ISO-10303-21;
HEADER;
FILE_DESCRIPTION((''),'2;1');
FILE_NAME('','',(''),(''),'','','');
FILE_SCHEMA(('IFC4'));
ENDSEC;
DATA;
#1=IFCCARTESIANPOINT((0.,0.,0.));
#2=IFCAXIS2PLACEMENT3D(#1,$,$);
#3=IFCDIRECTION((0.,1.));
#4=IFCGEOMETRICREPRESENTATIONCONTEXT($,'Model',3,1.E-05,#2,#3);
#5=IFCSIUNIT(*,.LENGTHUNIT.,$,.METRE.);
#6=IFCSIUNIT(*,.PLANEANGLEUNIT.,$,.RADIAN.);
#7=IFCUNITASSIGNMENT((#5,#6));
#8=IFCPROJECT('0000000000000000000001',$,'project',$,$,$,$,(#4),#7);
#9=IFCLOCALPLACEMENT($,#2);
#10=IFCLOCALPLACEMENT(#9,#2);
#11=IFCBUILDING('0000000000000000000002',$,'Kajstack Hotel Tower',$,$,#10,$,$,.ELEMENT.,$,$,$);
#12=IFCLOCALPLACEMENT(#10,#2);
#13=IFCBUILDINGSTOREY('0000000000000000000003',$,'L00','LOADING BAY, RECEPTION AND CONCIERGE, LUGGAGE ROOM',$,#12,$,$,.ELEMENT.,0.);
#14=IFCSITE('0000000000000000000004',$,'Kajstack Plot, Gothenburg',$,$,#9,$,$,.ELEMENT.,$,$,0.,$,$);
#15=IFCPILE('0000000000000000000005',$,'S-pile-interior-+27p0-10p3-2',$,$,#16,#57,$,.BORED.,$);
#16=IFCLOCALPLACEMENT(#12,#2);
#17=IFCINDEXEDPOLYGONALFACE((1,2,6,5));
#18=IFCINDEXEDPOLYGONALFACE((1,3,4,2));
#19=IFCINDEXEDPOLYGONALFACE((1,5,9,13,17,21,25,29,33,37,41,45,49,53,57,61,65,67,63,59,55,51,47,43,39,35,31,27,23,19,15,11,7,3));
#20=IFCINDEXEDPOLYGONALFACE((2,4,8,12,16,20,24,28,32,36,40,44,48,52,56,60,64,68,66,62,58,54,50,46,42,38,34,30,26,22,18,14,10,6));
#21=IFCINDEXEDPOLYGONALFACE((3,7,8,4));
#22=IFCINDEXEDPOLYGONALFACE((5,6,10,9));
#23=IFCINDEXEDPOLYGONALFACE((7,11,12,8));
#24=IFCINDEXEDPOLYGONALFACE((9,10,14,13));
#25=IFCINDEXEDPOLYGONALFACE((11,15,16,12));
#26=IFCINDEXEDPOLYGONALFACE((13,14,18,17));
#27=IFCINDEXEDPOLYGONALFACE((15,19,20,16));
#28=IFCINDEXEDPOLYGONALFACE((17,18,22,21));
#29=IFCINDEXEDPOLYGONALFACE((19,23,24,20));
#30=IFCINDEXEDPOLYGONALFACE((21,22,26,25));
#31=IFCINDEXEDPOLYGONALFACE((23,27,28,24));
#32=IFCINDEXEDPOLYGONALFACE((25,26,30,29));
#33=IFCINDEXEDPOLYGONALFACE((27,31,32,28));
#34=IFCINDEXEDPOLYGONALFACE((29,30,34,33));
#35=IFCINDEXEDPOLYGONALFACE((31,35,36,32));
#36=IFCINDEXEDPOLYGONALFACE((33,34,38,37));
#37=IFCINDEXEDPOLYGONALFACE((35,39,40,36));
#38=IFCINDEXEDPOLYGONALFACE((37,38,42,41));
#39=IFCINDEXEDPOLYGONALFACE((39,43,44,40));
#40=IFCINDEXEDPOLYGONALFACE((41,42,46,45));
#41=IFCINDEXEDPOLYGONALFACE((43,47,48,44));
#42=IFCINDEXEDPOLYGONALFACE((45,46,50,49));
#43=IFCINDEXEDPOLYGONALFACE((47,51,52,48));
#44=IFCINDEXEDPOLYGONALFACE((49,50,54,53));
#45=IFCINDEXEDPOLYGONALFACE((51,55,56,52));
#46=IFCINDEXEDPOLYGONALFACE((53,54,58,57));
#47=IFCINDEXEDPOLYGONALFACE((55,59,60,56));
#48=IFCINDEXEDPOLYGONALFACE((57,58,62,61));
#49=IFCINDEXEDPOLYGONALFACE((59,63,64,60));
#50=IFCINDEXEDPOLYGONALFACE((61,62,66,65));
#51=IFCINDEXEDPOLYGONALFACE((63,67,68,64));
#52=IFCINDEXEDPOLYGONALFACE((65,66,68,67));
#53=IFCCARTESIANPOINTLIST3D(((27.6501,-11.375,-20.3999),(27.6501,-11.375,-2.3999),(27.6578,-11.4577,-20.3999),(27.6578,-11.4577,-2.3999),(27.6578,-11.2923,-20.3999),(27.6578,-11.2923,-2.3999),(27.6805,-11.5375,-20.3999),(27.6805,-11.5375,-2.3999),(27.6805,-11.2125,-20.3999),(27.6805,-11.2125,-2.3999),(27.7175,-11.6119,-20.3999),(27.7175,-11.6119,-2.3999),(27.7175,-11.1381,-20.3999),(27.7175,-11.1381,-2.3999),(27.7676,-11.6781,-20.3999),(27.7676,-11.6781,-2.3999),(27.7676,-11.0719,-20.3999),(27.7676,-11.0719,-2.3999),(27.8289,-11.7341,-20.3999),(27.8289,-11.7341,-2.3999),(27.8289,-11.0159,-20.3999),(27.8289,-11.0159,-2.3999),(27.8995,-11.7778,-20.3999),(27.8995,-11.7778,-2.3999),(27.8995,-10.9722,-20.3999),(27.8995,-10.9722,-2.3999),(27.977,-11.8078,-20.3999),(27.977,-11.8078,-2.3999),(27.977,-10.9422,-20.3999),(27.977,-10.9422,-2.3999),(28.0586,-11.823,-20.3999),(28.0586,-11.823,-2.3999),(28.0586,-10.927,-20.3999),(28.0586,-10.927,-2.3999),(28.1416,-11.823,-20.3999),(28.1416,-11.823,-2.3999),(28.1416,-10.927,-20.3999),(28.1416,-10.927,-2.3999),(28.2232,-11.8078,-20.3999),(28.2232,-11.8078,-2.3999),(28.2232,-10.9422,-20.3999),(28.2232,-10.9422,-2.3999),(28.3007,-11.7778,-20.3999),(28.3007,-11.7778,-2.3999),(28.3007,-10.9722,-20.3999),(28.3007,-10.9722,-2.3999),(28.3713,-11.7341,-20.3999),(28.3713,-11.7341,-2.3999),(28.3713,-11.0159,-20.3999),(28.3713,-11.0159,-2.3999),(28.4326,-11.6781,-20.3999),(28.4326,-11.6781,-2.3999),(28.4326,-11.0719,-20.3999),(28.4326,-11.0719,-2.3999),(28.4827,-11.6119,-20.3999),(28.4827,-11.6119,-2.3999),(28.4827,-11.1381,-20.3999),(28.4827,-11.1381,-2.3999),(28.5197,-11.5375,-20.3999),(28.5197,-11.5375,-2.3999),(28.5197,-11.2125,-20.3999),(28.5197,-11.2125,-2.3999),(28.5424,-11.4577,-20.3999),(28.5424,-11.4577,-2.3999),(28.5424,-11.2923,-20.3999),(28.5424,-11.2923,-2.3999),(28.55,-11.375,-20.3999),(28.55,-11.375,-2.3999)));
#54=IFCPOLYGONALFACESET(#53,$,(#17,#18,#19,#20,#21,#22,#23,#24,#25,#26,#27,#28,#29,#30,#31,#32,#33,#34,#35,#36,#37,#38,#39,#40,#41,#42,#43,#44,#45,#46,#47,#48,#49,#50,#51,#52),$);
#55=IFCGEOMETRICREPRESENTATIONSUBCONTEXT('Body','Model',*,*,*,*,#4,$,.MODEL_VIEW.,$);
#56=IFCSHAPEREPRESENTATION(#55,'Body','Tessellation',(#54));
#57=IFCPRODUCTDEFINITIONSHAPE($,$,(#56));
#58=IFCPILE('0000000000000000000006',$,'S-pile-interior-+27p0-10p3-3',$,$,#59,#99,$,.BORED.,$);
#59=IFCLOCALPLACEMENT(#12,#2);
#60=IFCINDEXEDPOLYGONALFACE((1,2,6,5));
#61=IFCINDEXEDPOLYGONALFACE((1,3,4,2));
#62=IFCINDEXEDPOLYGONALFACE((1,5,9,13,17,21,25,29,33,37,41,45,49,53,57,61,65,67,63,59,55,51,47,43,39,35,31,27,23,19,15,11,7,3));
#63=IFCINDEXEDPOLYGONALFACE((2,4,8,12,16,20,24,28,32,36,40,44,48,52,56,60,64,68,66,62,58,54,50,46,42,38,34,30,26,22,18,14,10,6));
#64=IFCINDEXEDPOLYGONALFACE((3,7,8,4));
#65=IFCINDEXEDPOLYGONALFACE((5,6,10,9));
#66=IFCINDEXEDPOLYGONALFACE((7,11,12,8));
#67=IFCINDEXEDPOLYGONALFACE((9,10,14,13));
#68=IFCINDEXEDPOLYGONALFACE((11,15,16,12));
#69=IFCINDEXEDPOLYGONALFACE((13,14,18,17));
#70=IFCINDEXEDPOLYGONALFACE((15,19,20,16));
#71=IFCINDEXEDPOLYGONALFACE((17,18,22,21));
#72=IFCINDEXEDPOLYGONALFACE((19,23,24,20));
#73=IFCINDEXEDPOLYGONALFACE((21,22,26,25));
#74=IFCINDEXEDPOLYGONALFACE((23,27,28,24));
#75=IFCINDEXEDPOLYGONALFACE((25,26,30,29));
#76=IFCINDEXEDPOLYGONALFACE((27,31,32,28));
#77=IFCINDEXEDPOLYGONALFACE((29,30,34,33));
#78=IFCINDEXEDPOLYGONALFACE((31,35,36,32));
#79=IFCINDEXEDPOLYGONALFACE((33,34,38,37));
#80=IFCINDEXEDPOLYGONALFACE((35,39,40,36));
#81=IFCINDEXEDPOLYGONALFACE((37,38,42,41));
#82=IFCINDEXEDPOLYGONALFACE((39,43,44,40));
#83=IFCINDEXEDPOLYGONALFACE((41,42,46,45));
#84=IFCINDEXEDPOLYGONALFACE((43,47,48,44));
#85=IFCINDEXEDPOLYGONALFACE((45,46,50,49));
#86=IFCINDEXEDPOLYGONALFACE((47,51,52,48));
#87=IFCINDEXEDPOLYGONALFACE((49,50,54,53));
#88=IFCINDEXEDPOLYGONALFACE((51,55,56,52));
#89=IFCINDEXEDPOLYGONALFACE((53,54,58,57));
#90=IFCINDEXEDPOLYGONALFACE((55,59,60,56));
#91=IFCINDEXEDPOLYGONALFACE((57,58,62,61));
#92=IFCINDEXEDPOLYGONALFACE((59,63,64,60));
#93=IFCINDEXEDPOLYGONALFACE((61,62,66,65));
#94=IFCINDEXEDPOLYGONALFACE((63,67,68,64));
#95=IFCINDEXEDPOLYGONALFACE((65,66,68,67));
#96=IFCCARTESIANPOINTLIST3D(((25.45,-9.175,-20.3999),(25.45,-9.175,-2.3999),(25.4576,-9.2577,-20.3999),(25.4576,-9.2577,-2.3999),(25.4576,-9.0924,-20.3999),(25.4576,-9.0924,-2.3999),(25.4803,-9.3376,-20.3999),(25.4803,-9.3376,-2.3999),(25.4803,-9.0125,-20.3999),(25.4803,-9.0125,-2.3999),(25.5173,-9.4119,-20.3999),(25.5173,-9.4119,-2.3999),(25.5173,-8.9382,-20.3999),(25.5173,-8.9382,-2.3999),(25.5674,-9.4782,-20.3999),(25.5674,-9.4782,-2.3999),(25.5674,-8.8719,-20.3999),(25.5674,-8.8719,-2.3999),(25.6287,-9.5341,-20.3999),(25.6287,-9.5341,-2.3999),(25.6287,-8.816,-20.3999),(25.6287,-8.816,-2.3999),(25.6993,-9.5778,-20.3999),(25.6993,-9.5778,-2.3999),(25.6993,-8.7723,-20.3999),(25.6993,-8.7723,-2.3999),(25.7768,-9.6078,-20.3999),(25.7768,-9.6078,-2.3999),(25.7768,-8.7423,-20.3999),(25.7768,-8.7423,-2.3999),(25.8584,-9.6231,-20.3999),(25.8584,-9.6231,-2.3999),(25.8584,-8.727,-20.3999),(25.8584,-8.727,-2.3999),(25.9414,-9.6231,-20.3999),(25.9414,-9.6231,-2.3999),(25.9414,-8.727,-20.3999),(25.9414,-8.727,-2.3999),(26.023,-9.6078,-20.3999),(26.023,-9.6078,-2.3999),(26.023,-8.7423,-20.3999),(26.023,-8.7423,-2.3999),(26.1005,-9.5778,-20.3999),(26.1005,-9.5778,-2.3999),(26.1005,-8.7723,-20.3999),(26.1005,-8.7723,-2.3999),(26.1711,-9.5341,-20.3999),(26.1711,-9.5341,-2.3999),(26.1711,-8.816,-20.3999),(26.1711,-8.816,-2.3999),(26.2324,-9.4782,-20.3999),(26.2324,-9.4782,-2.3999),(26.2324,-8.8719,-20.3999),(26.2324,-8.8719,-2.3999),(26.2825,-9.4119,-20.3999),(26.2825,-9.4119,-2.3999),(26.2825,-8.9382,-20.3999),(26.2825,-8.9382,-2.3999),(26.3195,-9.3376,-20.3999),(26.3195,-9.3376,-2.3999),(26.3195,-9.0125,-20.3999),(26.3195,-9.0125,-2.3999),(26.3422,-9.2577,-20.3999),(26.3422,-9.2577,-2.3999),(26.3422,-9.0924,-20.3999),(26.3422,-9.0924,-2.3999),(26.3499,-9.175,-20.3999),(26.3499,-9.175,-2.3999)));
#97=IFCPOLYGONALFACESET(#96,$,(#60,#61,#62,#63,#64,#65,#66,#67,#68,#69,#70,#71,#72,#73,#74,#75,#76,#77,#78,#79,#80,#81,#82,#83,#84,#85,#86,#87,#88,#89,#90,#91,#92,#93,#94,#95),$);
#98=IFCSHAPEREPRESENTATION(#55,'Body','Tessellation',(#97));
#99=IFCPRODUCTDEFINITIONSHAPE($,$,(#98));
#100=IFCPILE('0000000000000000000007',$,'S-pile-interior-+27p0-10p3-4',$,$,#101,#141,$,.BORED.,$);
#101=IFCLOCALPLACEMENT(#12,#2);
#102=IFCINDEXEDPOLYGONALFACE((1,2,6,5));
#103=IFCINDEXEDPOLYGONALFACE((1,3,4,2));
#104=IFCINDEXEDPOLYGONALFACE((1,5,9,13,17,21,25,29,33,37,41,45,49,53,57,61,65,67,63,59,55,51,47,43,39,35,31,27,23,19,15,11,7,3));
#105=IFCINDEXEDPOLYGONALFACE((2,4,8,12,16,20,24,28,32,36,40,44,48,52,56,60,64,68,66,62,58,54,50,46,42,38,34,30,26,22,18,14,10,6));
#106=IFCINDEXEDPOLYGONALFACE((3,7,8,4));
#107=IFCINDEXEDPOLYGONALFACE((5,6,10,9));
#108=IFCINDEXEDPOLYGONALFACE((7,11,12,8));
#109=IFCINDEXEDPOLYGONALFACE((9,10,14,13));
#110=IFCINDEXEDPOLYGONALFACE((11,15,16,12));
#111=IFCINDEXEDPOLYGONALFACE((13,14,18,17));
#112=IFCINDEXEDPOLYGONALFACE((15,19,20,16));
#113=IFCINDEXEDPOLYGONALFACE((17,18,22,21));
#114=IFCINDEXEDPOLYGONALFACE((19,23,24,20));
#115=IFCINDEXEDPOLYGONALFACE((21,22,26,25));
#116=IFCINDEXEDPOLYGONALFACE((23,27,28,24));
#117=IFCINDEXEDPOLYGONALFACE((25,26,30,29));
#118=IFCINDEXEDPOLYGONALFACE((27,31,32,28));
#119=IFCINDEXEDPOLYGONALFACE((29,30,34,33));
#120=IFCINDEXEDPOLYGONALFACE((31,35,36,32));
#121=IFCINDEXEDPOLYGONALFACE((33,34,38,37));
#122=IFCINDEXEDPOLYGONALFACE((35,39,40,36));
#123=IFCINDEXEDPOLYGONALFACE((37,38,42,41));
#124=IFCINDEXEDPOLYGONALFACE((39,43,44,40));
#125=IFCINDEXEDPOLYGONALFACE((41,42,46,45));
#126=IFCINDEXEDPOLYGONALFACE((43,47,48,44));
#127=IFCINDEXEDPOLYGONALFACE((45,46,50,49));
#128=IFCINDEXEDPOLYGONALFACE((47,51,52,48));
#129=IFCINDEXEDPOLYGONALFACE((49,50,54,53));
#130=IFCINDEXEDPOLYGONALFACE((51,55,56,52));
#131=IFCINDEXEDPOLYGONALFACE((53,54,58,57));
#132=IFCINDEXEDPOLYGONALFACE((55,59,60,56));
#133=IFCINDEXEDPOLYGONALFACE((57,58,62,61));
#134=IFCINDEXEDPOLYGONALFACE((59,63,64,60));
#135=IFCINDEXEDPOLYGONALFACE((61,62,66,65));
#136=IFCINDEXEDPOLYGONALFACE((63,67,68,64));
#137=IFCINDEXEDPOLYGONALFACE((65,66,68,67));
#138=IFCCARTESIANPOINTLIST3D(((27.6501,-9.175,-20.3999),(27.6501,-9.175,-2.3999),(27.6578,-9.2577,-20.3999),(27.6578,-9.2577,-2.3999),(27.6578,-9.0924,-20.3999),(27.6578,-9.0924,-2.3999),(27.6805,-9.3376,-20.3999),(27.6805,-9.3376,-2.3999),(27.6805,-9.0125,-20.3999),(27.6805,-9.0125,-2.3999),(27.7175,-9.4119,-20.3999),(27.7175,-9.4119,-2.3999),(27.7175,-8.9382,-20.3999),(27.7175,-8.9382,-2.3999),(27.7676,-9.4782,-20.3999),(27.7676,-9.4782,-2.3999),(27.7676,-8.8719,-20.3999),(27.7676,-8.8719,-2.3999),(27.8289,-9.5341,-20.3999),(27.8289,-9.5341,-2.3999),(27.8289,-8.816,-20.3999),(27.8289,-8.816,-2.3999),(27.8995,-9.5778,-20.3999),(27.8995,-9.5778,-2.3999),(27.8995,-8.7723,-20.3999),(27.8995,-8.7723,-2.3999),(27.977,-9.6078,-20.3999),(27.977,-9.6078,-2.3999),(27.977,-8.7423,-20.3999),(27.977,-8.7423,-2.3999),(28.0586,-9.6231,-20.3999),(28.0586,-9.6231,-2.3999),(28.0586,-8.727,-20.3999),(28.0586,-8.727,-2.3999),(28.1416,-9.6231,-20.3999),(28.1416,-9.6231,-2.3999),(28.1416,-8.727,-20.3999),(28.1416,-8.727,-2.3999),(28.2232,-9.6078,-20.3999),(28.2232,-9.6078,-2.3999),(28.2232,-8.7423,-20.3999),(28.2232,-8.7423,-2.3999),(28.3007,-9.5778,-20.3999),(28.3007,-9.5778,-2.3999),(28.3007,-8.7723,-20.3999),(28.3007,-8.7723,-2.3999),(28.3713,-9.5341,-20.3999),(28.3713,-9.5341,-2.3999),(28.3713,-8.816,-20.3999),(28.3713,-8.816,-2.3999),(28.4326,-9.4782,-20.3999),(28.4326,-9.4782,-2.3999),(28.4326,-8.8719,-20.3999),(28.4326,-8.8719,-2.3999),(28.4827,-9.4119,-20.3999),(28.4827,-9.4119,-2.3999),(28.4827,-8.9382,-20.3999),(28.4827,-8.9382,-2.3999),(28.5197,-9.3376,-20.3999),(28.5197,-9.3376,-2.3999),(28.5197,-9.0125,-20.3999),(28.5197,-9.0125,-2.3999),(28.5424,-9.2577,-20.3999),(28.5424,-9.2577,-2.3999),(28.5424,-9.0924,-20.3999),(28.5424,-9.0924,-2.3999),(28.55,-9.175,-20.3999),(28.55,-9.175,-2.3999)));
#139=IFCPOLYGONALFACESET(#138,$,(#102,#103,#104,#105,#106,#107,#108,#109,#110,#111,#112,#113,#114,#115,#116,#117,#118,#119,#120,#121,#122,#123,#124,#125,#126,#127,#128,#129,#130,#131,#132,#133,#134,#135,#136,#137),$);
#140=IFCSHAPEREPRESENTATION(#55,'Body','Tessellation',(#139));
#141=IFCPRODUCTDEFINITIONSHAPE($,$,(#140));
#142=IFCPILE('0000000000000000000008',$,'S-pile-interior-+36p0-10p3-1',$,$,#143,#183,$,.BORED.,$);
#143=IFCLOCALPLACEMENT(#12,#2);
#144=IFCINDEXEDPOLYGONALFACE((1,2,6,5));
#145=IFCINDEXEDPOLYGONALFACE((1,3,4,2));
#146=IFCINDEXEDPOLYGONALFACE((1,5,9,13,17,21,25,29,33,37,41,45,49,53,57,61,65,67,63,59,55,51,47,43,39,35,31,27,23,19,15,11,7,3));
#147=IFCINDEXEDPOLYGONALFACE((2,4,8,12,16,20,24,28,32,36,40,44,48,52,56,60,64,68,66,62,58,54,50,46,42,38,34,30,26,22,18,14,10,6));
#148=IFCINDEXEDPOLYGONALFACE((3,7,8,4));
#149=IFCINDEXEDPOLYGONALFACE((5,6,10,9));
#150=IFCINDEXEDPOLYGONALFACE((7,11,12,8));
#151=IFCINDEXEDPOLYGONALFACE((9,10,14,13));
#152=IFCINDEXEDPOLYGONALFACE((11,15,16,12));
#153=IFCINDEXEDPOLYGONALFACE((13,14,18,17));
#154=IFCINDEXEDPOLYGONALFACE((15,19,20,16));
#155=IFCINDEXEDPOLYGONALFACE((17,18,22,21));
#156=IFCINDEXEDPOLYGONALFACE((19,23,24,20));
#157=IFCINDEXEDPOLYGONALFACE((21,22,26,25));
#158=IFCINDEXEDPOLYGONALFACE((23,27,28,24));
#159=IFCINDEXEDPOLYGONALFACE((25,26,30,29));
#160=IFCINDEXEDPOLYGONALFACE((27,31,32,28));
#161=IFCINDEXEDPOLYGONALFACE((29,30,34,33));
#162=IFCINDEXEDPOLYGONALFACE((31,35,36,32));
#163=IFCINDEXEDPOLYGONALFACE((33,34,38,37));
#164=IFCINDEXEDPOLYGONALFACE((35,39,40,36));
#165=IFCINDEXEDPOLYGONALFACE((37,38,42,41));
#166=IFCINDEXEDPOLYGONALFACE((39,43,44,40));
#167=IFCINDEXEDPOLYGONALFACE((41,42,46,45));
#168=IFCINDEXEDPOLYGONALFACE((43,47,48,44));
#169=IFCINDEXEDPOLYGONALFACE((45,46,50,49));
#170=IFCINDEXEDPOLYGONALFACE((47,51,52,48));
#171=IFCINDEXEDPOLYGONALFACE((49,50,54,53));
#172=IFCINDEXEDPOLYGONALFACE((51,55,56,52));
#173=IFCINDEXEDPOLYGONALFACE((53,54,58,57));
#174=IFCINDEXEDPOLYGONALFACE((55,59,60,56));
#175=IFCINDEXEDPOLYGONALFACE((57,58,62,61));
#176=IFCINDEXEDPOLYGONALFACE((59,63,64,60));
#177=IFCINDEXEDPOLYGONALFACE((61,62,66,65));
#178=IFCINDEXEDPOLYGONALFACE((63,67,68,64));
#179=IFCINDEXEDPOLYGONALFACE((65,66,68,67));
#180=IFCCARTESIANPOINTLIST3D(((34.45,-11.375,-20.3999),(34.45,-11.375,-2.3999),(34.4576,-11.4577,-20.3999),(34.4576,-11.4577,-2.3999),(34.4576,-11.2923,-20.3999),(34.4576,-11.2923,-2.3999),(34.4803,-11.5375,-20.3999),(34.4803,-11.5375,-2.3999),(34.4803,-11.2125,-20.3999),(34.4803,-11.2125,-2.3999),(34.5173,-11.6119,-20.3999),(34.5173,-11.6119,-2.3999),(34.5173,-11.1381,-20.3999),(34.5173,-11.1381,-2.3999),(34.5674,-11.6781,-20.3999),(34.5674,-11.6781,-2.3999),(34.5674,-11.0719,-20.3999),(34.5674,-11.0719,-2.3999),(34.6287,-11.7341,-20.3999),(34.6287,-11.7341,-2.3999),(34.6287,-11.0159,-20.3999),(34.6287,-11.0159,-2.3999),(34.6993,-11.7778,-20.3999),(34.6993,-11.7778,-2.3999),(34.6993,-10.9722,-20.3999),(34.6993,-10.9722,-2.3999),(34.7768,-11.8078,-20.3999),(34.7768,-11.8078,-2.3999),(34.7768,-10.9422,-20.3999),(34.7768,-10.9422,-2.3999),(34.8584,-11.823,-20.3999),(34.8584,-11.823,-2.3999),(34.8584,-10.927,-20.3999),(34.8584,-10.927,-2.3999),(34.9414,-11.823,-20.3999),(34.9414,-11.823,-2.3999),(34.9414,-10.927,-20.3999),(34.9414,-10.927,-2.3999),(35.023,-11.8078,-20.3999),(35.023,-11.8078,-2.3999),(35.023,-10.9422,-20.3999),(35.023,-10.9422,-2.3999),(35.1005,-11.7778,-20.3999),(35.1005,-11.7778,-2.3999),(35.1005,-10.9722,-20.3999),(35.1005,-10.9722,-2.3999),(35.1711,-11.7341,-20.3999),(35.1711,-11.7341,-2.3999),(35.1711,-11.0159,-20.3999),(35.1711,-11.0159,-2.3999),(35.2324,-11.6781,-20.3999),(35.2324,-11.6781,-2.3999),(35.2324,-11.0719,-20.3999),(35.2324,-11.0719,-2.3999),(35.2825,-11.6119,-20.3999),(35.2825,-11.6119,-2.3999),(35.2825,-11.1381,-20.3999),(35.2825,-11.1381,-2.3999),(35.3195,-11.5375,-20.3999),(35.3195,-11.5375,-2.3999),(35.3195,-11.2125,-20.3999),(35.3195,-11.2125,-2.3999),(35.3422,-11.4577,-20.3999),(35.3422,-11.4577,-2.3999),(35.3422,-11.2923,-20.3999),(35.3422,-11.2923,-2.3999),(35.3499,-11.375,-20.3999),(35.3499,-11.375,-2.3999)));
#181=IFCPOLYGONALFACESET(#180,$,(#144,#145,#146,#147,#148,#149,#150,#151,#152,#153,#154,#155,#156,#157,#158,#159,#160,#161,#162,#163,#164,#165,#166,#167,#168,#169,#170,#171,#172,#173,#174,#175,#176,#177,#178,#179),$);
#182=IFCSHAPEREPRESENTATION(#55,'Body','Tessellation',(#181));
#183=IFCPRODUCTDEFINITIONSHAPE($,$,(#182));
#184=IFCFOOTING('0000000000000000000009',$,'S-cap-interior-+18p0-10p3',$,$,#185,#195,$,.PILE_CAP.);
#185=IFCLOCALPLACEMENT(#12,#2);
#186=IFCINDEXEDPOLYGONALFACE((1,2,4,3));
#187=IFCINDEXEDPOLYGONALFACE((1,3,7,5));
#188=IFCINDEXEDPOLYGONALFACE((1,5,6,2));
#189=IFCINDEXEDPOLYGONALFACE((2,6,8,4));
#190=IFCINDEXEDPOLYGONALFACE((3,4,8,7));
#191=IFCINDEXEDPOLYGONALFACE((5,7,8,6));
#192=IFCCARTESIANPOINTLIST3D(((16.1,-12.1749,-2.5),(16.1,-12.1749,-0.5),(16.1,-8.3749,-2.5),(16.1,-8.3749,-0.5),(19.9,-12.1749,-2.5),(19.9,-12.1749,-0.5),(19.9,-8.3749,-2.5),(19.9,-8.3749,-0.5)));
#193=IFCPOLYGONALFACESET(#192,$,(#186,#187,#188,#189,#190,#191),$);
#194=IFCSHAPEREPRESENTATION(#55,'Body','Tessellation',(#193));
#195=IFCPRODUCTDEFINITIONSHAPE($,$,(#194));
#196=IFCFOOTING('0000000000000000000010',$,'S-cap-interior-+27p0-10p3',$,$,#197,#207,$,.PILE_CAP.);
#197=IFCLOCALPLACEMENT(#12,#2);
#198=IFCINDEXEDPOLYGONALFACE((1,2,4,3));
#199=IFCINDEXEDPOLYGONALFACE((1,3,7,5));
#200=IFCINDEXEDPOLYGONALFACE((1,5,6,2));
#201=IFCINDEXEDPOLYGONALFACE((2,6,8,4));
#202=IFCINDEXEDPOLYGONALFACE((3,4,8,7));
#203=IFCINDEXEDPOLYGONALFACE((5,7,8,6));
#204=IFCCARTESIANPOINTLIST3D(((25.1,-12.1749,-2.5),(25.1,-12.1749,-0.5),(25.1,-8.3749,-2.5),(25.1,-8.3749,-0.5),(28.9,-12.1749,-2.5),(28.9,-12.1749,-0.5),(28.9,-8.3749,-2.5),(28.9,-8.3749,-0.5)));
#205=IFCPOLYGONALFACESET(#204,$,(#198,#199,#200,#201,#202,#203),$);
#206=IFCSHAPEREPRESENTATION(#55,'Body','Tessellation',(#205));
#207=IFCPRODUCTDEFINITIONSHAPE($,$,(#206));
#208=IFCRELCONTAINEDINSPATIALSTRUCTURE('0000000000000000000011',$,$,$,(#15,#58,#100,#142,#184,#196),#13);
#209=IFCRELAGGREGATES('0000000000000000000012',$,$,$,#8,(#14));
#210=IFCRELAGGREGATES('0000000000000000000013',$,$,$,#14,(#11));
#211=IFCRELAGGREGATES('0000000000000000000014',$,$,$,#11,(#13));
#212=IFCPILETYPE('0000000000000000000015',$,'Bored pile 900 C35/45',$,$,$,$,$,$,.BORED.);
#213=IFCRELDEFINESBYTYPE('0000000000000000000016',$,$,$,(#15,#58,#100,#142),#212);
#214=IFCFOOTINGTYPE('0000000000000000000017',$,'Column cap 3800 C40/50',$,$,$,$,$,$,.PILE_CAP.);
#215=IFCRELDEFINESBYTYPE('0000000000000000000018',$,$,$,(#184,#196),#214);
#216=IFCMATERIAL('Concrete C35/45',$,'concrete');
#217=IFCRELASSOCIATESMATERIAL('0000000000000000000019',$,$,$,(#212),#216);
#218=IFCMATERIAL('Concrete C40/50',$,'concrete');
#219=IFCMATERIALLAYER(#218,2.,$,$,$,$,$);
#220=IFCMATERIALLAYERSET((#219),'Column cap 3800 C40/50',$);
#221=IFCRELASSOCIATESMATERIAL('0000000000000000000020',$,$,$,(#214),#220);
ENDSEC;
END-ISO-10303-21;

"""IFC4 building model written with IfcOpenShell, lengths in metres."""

from ifc_helpers import new_model, si_unit, direction, frame, origin, origin_2d, place, context, subcontext, project, spatial, rectangle, circle, extrude, material, layer, layer_set, material_profile, profile_set, type_object, element, save


model = new_model("IFC4")

# Units and contexts
model_context = context("Model", 3, precision=1e-05, world=origin(), true_north=direction((0.0, 1.0)))
body_context = subcontext(model_context, "Body", "Model", "MODEL_VIEW")
ifc_project = project(units=[si_unit("LENGTHUNIT", "METRE"), si_unit("PLANEANGLEUNIT", "RADIAN")], contexts=[model_context])

# Site, building, storey
site_placement = place(None, origin())
site = spatial("IfcSite", under=ifc_project, at=site_placement, Name="Kajstack Plot, Gothenburg", CompositionType="ELEMENT", RefElevation=0.0)
building_placement = place(site_placement, origin())
building = spatial("IfcBuilding", under=site, at=building_placement, Name="Kajstack Hotel Tower", CompositionType="ELEMENT")
storey_placement = place(building_placement, origin())
storey = spatial("IfcBuildingStorey", under=building, at=storey_placement, Name="L00", Description="LOADING BAY, RECEPTION AND CONCIERGE, LUGGAGE ROOM", CompositionType="ELEMENT", Elevation=0.0)

# Piles
ifc_material_1 = material(Name="Concrete C35/45", Category="concrete")
ifc_material_profile_1 = material_profile(ifc_material_1, circle(Radius=0.45, at=origin_2d()), Name="RC round 900")
ifc_profile_set_1 = profile_set([ifc_material_profile_1], Name="Concrete C35/45")
pile_type_1 = type_object("IfcPileType", Name="Bored pile 900 C35/45", PredefinedType="BORED", material=ifc_profile_set_1)
for number, where, z_axis, x_axis, name in (
    (1, (28.1001, -11.375, -2.3999), (0.0, 0.0, -1.0), (1.0, 0.0, 0.0), "S-pile-interior-+27p0-10p3-2"),
    (2, (25.8999, -9.175, -2.3999), (0.0, 0.0, -1.0), (1.0, 0.0, 0.0), "S-pile-interior-+27p0-10p3-3"),
    (3, (28.1001, -9.175, -2.3999), (0.0, 0.0, -1.0), (1.0, 0.0, 0.0), "S-pile-interior-+27p0-10p3-4"),
    (4, (34.8999, -11.375, -2.3999), (0.0, 0.0, -1.0), (1.0, 0.0, 0.0), "S-pile-interior-+36p0-10p3-1"),
):
    element("IfcPile", number, at=place(storey_placement, frame(where, z_axis=z_axis, x_axis=x_axis)), inside=storey, type_object=pile_type_1, Name=name, PredefinedType="BORED", context=body_context, shape_type="SweptSolid", body=[
        extrude(circle(Radius=0.45, at=origin_2d()), origin(), (0.0, 0.0, 1.0), 18.0),
    ])

# Footings
ifc_material_2 = material(Name="Concrete C40/50", Category="concrete")
ifc_layer_1 = layer(ifc_material_2, 2.0)
ifc_layer_set_1 = layer_set([ifc_layer_1], Name="Column cap 3800 C40/50")
footing_type_1 = type_object("IfcFootingType", Name="Column cap 3800 C40/50", PredefinedType="PILE_CAP", material=ifc_layer_set_1)
for number, where, z_axis, x_axis, name in (
    (5, (18.0, -10.2749, -2.5), (0.0, 0.0, 1.0), (1.0, 0.0, 0.0), "S-cap-interior-+18p0-10p3"),
    (6, (27.0, -10.2749, -2.5), (0.0, 0.0, 1.0), (1.0, 0.0, 0.0), "S-cap-interior-+27p0-10p3"),
):
    element("IfcFooting", number, at=place(storey_placement, frame(where, z_axis=z_axis, x_axis=x_axis)), inside=storey, type_object=footing_type_1, Name=name, PredefinedType="PILE_CAP", context=body_context, shape_type="SweptSolid", body=[
        extrude(rectangle(XDim=3.8, YDim=3.8, at=origin_2d()), origin(), (0.0, 0.0, 1.0), 2.0),
    ])

save(model, "model.ifc")
